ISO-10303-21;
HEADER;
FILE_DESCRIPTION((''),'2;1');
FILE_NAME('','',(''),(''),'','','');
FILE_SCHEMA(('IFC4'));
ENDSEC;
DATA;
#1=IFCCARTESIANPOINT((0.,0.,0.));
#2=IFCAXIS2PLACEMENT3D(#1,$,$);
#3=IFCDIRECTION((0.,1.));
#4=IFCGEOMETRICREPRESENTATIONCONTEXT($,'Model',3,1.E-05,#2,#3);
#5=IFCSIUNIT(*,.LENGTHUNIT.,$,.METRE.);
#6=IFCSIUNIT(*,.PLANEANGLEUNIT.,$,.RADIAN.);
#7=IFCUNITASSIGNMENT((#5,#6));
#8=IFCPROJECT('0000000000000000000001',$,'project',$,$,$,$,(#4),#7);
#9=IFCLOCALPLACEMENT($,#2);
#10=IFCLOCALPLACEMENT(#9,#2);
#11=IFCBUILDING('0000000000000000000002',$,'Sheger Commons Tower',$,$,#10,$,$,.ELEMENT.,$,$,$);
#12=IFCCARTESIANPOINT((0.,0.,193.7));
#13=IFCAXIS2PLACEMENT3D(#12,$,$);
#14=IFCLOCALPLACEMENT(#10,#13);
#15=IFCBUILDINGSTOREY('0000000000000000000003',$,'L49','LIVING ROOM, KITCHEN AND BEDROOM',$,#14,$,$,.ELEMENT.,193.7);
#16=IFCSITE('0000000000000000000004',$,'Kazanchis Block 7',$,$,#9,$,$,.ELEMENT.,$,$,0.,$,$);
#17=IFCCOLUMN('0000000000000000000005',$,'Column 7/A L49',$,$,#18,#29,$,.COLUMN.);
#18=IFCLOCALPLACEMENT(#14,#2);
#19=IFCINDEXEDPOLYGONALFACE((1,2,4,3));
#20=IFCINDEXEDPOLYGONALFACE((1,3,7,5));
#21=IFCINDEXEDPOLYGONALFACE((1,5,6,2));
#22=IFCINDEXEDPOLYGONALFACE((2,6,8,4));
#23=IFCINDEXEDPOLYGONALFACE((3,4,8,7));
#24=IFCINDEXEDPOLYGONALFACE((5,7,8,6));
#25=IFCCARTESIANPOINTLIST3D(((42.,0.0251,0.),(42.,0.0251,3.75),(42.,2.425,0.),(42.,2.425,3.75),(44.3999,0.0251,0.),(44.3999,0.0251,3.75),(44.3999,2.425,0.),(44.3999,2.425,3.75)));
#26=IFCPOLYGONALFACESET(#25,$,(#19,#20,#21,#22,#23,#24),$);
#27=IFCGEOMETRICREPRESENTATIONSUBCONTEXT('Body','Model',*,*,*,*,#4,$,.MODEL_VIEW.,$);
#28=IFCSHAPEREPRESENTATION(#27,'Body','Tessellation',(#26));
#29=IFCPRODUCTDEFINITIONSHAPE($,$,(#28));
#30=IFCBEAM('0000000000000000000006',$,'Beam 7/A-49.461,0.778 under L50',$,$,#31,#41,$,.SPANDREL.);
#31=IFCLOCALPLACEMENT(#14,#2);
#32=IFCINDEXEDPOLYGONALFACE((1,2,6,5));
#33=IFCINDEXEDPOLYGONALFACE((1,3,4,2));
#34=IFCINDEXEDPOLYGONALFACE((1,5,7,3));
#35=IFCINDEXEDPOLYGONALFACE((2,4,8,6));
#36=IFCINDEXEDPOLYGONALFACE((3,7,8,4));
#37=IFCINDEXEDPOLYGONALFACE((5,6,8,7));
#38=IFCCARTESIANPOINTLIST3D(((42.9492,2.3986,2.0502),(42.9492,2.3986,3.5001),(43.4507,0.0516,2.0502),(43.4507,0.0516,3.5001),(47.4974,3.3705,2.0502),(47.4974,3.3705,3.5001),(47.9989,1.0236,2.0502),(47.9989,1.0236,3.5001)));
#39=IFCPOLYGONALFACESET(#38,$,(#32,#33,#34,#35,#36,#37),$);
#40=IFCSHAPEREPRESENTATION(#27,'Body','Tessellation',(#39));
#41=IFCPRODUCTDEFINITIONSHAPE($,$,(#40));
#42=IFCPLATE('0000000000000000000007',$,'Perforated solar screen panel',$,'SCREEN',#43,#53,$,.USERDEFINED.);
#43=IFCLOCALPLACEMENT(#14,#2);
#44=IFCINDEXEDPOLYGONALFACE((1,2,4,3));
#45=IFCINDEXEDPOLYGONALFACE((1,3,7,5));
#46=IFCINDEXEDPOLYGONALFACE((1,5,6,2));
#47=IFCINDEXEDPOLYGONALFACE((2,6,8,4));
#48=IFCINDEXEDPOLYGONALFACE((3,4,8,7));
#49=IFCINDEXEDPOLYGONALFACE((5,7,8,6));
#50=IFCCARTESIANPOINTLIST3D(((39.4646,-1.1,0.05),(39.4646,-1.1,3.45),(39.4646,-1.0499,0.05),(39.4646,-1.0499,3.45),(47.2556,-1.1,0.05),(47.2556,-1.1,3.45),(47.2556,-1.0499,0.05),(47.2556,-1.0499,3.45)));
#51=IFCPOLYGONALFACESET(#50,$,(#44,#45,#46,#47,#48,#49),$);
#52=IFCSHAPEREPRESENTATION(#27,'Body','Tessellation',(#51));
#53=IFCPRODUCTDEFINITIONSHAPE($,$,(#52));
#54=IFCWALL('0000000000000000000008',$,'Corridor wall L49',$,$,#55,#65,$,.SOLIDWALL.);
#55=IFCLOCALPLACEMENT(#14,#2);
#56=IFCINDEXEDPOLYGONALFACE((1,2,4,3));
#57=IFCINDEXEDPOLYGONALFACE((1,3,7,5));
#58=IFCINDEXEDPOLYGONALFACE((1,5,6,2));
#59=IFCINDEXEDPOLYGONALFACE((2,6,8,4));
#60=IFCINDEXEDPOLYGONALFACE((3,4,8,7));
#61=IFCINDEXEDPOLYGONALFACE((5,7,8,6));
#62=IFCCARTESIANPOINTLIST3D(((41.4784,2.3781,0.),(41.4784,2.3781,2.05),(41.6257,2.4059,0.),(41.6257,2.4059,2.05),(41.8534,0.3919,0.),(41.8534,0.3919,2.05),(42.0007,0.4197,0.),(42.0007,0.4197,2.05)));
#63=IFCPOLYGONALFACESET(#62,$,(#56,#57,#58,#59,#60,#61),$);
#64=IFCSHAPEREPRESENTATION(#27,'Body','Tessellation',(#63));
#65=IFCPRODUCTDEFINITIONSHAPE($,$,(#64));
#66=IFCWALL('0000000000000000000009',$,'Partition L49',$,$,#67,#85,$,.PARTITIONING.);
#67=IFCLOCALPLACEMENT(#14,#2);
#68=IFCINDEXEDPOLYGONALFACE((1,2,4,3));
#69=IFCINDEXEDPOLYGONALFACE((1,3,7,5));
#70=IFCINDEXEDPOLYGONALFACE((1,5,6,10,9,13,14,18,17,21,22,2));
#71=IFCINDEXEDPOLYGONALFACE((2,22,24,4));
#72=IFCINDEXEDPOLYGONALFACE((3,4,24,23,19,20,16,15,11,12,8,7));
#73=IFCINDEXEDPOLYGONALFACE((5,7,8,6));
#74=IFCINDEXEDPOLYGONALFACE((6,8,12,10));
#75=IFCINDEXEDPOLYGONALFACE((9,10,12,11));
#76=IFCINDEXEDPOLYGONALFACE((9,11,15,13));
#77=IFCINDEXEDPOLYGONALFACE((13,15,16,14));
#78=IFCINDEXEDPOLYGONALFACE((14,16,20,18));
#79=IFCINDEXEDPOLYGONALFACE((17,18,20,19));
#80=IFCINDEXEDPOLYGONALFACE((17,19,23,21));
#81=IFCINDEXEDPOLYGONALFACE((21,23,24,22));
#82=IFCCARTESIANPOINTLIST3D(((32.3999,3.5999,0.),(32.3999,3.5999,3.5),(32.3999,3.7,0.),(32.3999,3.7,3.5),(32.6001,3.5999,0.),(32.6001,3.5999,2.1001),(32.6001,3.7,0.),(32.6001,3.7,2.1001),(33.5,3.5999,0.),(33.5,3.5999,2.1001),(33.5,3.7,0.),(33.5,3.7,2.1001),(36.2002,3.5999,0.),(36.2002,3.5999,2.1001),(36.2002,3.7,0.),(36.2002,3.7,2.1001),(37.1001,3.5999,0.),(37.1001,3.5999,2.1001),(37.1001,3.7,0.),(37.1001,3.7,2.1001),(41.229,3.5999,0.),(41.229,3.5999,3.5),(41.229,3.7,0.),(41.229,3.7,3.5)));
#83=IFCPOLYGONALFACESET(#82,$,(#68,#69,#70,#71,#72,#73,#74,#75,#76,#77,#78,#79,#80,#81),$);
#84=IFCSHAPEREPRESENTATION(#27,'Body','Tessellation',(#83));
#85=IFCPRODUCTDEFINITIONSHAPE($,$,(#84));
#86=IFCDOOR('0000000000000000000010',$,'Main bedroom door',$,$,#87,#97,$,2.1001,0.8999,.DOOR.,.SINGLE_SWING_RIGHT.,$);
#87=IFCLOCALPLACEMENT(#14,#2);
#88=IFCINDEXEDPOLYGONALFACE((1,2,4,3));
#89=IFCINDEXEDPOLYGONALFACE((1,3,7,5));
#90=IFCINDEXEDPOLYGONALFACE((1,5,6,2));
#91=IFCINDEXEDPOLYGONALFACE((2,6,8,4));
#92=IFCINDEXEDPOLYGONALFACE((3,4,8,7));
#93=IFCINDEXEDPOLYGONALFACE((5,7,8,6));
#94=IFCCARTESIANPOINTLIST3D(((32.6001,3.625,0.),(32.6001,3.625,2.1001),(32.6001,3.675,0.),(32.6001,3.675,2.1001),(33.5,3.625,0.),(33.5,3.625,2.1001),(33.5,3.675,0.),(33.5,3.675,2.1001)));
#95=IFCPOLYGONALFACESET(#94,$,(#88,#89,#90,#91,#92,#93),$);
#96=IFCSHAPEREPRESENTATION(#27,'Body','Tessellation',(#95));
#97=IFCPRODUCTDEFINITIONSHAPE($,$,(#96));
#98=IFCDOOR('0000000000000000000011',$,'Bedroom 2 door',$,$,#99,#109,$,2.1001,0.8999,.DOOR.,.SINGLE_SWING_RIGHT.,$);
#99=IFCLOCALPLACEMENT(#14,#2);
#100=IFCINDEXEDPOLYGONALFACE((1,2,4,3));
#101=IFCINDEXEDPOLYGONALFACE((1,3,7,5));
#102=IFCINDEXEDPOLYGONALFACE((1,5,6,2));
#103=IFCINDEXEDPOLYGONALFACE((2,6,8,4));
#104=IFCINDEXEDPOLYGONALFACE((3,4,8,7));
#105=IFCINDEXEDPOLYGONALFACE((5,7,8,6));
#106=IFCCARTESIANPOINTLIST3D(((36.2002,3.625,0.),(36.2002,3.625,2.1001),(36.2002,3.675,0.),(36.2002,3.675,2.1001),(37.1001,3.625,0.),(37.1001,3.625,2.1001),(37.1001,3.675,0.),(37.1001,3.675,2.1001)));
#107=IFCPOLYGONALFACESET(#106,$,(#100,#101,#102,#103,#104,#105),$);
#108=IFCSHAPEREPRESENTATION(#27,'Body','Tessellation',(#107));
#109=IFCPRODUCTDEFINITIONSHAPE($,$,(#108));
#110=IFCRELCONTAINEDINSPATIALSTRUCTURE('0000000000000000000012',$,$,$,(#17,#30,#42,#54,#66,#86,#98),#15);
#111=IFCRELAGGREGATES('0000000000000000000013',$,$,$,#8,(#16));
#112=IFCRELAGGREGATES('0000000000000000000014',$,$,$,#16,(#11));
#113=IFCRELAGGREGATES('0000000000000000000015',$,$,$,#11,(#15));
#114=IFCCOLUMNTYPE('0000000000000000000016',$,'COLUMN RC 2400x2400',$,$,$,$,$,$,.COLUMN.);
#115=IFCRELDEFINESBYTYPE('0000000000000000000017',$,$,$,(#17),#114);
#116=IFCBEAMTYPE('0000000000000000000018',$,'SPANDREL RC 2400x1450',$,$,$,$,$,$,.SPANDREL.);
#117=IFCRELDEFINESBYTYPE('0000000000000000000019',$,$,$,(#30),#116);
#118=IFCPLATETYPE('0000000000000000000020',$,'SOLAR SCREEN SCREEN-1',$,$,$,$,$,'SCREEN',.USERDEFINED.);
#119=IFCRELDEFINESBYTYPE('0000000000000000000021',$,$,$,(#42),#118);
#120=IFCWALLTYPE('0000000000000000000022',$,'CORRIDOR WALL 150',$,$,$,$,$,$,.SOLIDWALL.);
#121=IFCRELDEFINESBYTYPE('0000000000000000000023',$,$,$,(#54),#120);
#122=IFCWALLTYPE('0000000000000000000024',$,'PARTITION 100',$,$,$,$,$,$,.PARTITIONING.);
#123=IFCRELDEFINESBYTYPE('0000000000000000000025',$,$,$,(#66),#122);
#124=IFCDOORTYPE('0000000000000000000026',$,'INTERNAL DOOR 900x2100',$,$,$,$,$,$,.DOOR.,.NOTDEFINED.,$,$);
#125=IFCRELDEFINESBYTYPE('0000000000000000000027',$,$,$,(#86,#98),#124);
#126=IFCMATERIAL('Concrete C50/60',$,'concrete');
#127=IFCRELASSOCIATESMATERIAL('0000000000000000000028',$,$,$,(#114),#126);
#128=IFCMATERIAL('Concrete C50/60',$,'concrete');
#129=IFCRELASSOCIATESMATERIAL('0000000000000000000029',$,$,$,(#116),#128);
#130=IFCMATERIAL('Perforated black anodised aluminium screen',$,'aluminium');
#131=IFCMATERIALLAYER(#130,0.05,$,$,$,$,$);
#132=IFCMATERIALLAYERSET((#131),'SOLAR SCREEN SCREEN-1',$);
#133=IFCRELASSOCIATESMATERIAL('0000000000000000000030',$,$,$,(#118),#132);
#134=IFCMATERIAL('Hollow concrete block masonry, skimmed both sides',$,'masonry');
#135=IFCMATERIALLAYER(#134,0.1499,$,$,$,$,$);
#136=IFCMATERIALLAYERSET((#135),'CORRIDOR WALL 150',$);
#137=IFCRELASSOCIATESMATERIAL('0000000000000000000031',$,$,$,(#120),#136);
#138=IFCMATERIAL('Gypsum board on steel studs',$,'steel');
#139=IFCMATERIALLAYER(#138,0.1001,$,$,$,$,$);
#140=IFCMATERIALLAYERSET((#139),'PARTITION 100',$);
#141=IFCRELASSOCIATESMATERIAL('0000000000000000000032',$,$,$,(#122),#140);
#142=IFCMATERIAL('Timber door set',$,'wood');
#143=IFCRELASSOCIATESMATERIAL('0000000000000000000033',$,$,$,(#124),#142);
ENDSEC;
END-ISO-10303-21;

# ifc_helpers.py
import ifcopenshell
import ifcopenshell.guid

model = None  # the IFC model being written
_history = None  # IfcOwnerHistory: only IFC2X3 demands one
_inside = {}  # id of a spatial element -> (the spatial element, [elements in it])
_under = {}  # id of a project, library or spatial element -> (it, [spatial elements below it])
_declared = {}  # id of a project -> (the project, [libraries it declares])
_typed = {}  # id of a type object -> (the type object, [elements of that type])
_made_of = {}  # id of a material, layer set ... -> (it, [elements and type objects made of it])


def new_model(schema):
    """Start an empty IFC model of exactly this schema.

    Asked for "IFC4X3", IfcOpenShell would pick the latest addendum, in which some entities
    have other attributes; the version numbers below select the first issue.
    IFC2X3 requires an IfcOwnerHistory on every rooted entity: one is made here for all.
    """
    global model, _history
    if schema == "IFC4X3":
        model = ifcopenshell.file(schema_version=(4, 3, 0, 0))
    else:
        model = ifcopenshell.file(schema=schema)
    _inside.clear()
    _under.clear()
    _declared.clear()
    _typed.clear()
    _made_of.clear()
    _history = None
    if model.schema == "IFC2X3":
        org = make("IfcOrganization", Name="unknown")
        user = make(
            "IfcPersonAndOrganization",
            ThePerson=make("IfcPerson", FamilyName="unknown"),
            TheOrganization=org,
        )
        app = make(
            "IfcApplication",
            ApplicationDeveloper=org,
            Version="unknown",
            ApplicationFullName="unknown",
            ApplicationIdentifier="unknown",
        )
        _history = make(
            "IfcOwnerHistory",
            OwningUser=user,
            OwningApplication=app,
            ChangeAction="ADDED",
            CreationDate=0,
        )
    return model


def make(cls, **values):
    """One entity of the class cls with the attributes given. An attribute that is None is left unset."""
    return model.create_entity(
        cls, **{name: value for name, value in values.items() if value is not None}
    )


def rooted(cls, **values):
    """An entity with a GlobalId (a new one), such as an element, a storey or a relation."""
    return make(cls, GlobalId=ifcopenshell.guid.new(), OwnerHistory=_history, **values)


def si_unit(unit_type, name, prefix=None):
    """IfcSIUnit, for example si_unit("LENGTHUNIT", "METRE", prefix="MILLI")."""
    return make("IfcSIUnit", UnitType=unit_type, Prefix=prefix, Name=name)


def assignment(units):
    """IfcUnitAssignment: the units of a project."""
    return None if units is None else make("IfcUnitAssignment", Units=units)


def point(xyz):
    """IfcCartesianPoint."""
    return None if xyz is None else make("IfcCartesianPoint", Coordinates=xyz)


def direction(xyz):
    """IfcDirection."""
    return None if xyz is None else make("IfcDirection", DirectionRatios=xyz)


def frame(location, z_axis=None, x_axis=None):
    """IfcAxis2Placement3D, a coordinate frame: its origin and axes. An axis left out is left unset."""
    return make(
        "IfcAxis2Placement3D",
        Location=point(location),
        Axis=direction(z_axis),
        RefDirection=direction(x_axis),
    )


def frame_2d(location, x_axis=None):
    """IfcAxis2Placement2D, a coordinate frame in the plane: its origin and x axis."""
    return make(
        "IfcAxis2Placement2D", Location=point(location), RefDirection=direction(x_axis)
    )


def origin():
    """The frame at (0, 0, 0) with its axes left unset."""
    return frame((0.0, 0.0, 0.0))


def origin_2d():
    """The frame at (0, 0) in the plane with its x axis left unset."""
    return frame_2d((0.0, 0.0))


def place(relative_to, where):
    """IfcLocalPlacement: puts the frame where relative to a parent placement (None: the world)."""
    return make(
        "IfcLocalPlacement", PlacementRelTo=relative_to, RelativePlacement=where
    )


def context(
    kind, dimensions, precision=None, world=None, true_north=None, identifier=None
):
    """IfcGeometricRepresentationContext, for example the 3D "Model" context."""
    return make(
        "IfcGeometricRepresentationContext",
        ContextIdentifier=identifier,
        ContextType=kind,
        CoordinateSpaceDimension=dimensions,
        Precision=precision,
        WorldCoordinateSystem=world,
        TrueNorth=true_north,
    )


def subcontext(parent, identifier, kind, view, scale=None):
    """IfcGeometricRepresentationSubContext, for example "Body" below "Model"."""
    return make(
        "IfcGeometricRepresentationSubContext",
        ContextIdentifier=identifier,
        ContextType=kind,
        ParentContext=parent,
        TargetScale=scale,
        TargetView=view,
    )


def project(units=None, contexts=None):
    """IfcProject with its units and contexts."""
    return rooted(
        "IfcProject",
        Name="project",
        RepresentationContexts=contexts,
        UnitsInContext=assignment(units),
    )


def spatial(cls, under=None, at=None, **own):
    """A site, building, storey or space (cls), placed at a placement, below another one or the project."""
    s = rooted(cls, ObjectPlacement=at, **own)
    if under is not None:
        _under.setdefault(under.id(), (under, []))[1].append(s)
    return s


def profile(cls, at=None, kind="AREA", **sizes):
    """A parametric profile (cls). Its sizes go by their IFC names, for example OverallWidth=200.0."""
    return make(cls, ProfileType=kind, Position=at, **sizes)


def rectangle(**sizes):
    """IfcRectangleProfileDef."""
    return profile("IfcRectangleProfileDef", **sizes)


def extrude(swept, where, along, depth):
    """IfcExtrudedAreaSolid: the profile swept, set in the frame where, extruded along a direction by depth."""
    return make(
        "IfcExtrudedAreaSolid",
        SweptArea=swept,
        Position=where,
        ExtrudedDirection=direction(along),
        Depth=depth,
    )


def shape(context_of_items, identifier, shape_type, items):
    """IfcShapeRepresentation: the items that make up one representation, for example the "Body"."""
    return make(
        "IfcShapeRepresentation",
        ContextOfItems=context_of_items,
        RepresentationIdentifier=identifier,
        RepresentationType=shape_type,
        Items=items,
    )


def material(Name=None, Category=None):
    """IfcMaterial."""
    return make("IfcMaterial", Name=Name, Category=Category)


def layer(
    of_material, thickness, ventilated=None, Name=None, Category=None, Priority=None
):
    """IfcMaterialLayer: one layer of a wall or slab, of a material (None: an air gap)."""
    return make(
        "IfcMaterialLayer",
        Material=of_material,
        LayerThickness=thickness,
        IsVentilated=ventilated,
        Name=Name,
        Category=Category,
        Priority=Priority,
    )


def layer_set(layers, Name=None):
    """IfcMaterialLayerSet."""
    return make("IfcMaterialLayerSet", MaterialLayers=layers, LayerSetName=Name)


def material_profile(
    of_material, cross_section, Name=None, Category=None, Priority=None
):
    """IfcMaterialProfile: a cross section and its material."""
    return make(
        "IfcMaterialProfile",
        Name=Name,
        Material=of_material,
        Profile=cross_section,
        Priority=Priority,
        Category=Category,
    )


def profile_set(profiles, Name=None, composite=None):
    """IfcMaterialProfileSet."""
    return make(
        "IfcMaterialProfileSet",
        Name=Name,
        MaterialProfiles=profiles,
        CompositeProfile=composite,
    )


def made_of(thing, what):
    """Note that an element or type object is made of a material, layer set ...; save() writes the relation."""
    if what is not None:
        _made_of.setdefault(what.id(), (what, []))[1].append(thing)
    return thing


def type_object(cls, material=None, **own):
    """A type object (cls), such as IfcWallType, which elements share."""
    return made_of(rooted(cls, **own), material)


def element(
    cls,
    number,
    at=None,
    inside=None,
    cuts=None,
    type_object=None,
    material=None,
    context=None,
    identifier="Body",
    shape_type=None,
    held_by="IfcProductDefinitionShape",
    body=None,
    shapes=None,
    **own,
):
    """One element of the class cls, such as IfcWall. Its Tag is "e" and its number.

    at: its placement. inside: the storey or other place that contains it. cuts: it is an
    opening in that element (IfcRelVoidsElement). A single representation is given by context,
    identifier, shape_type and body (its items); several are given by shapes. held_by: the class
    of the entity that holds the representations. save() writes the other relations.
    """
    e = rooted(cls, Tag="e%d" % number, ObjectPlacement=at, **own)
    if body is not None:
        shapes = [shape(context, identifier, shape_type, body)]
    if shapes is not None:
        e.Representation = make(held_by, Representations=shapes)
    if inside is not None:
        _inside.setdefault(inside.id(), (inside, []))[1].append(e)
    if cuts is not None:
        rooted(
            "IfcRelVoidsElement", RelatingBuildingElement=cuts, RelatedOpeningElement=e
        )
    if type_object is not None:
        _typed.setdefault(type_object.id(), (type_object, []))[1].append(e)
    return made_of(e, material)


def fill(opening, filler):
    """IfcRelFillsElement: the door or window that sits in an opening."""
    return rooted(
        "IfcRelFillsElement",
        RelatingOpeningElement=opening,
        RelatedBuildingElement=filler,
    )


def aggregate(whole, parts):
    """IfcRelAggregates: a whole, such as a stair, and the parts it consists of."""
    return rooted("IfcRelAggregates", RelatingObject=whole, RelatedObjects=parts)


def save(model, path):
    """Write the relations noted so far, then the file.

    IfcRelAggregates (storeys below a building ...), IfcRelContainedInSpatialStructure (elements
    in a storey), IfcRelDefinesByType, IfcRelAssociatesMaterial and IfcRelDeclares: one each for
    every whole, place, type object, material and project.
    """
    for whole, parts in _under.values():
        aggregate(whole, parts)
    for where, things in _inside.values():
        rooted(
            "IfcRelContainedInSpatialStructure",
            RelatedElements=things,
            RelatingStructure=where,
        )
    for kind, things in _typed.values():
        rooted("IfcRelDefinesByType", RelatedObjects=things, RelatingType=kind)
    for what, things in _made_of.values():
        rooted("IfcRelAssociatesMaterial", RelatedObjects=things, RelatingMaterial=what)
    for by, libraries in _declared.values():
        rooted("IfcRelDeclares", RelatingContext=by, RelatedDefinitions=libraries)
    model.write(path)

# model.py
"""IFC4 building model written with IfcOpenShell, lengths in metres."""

from ifc_helpers import new_model, si_unit, direction, frame, frame_2d, origin, origin_2d, place, context, subcontext, project, spatial, rectangle, extrude, material, layer, layer_set, material_profile, profile_set, type_object, element, fill, save


model = new_model("IFC4")

# Units and contexts
model_context = context("Model", 3, precision=1e-05, world=origin(), true_north=direction((0.0, 1.0)))
body_context = subcontext(model_context, "Body", "Model", "MODEL_VIEW")
ifc_project = project(units=[si_unit("LENGTHUNIT", "METRE"), si_unit("PLANEANGLEUNIT", "RADIAN")], contexts=[model_context])

# Site, building, storey
site_placement = place(None, origin())
site = spatial("IfcSite", under=ifc_project, at=site_placement, Name="Kazanchis Block 7", CompositionType="ELEMENT", RefElevation=0.0)
building_placement = place(site_placement, origin())
building = spatial("IfcBuilding", under=site, at=building_placement, Name="Sheger Commons Tower", CompositionType="ELEMENT")
storey_placement = place(building_placement, frame((0.0, 0.0, 193.7)))
storey = spatial("IfcBuildingStorey", under=building, at=storey_placement, Name="L49", Description="LIVING ROOM, KITCHEN AND BEDROOM", CompositionType="ELEMENT", Elevation=193.7)

# Column
ifc_material_1 = material(Name="Concrete C50/60", Category="concrete")
ifc_material_profile_1 = material_profile(ifc_material_1, rectangle(XDim=2.3999, YDim=2.3999, at=origin_2d()), Name="RC 2400x2400")
ifc_profile_set_1 = profile_set([ifc_material_profile_1], Name="Concrete C50/60")
column_type = type_object("IfcColumnType", Name="COLUMN RC 2400x2400", PredefinedType="COLUMN", material=ifc_profile_set_1)
column_placement = place(storey_placement, frame((43.2, 1.2251, 0.0), z_axis=(0.0, 0.0, 1.0), x_axis=(1.0, 0.0, 0.0)))
element("IfcColumn", 1, at=column_placement, inside=storey, type_object=column_type, Name="Column 7/A L49", PredefinedType="COLUMN", context=body_context, shape_type="SweptSolid", body=[
    extrude(rectangle(XDim=2.3999, YDim=2.3999, at=origin_2d()), origin(), (0.0, 0.0, 1.0), 3.75),
])

# Beam
ifc_material_2 = material(Name="Concrete C50/60", Category="concrete")
ifc_material_profile_2 = material_profile(ifc_material_2, rectangle(XDim=2.3999, YDim=1.45, at=origin_2d()), Name="RC 2400x1450")
ifc_profile_set_2 = profile_set([ifc_material_profile_2], Name="Concrete C50/60")
beam_type = type_object("IfcBeamType", Name="SPANDREL RC 2400x1450", PredefinedType="SPANDREL", material=ifc_profile_set_2)
beam_placement = place(storey_placement, frame((43.2, 1.2251, 2.7751), z_axis=(0.97792, 0.208981, 0.0), x_axis=(-0.208981, 0.97792, 0.0)))
element("IfcBeam", 2, at=beam_placement, inside=storey, type_object=beam_type, Name="Beam 7/A-49.461,0.778 under L50", PredefinedType="SPANDREL", context=body_context, shape_type="SweptSolid", body=[
    extrude(rectangle(XDim=2.3999, YDim=1.45, at=origin_2d()), origin(), (0.0, 0.0, 1.0), 4.6509),
])

# Plate
ifc_material_3 = material(Name="Perforated black anodised aluminium screen", Category="aluminium")
ifc_layer_1 = layer(ifc_material_3, 0.05)
ifc_layer_set_1 = layer_set([ifc_layer_1], Name="SOLAR SCREEN SCREEN-1")
plate_type = type_object("IfcPlateType", Name="SOLAR SCREEN SCREEN-1", ElementType="SCREEN", PredefinedType="USERDEFINED", material=ifc_layer_set_1)
plate_placement = place(storey_placement, frame((43.3601, -1.075, 0.05), z_axis=(0.0, 0.0, 1.0), x_axis=(1.0, 0.0, 0.0)))
element("IfcPlate", 3, at=plate_placement, inside=storey, type_object=plate_type, Name="Perforated solar screen panel", ObjectType="SCREEN", PredefinedType="USERDEFINED", context=body_context, shape_type="SweptSolid", body=[
    extrude(rectangle(XDim=7.791, YDim=0.05, at=origin_2d()), origin(), (0.0, 0.0, 1.0), 3.3999),
])

# Wall
ifc_material_4 = material(Name="Hollow concrete block masonry, skimmed both sides", Category="masonry")
ifc_layer_2 = layer(ifc_material_4, 0.1499)
ifc_layer_set_2 = layer_set([ifc_layer_2], Name="CORRIDOR WALL 150")
wall_type_1 = type_object("IfcWallType", Name="CORRIDOR WALL 150", PredefinedType="SOLIDWALL", material=ifc_layer_set_2)
wall_1_placement = place(storey_placement, frame((41.552, 2.3921, 0.0), z_axis=(0.0, 0.0, 1.0), x_axis=(0.185536, -0.982638, 0.0)))
element("IfcWall", 4, at=wall_1_placement, inside=storey, type_object=wall_type_1, Name="Corridor wall L49", PredefinedType="SOLIDWALL", context=body_context, shape_type="SweptSolid", body=[
    extrude(rectangle(XDim=2.0212, YDim=0.1499, at=frame_2d((1.0107, 0.0))), origin(), (0.0, 0.0, 1.0), 2.05),
])

# Wall, openings, doors
ifc_material_5 = material(Name="Gypsum board on steel studs", Category="steel")
ifc_layer_3 = layer(ifc_material_5, 0.1001)
ifc_layer_set_3 = layer_set([ifc_layer_3], Name="PARTITION 100")
wall_type_2 = type_object("IfcWallType", Name="PARTITION 100", PredefinedType="PARTITIONING", material=ifc_layer_set_3)
wall_2_placement = place(storey_placement, frame((41.229, 3.6499, 0.0), z_axis=(0.0, 0.0, 1.0), x_axis=(-1.0, 0.0, 0.0)))
wall_2 = element("IfcWall", 5, at=wall_2_placement, inside=storey, type_object=wall_type_2, Name="Partition L49", PredefinedType="PARTITIONING", context=body_context, shape_type="SweptSolid", body=[
    extrude(rectangle(XDim=8.8291, YDim=0.1001, at=frame_2d((4.4146, 0.0))), origin(), (0.0, 0.0, 1.0), 3.5),
])
opening_1_placement = place(wall_2_placement, frame((7.729, 0.0, 0.0)))
opening_1 = element("IfcOpeningElement", 6, at=opening_1_placement, cuts=wall_2, PredefinedType="OPENING", context=body_context, shape_type="SweptSolid", body=[
    extrude(rectangle(XDim=0.8999, YDim=2.1001, at=frame_2d((0.45, 1.05))), frame((0.0, 0.0601, 0.0), z_axis=(0.0, -1.0, 0.0), x_axis=(1.0, 0.0, 0.0)), (0.0, 0.0, 1.0), 0.1201),
])
opening_2_placement = place(wall_2_placement, frame((4.1289, 0.0, 0.0)))
opening_2 = element("IfcOpeningElement", 7, at=opening_2_placement, cuts=wall_2, PredefinedType="OPENING", context=body_context, shape_type="SweptSolid", body=[
    extrude(rectangle(XDim=0.8999, YDim=2.1001, at=frame_2d((0.45, 1.05))), frame((0.0, 0.0601, 0.0), z_axis=(0.0, -1.0, 0.0), x_axis=(1.0, 0.0, 0.0)), (0.0, 0.0, 1.0), 0.1201),
])
ifc_material_6 = material(Name="Timber door set", Category="wood")
door_type = type_object("IfcDoorType", Name="INTERNAL DOOR 900x2100", OperationType="NOTDEFINED", PredefinedType="DOOR", material=ifc_material_6)
door_1_placement = place(opening_1_placement, origin())
door_1 = element("IfcDoor", 8, at=door_1_placement, inside=storey, type_object=door_type, Name="Main bedroom door", OperationType="SINGLE_SWING_RIGHT", OverallHeight=2.1001, OverallWidth=0.8999, PredefinedType="DOOR", context=body_context, shape_type="SweptSolid", body=[
    extrude(rectangle(XDim=0.8999, YDim=2.1001, at=frame_2d((0.45, 1.05))), frame((0.0, 0.0249, 0.0), z_axis=(0.0, -1.0, 0.0), x_axis=(1.0, 0.0, 0.0)), (0.0, 0.0, 1.0), 0.05),
])
fill(opening_1, door_1)
door_2_placement = place(opening_2_placement, origin())
door_2 = element("IfcDoor", 9, at=door_2_placement, inside=storey, type_object=door_type, Name="Bedroom 2 door", OperationType="SINGLE_SWING_RIGHT", OverallHeight=2.1001, OverallWidth=0.8999, PredefinedType="DOOR", context=body_context, shape_type="SweptSolid", body=[
    extrude(rectangle(XDim=0.8999, YDim=2.1001, at=frame_2d((0.45, 1.05))), frame((0.0, 0.0249, 0.0), z_axis=(0.0, -1.0, 0.0), x_axis=(1.0, 0.0, 0.0)), (0.0, 0.0, 1.0), 0.05),
])
fill(opening_2, door_2)

save(model, "model.ifc")
